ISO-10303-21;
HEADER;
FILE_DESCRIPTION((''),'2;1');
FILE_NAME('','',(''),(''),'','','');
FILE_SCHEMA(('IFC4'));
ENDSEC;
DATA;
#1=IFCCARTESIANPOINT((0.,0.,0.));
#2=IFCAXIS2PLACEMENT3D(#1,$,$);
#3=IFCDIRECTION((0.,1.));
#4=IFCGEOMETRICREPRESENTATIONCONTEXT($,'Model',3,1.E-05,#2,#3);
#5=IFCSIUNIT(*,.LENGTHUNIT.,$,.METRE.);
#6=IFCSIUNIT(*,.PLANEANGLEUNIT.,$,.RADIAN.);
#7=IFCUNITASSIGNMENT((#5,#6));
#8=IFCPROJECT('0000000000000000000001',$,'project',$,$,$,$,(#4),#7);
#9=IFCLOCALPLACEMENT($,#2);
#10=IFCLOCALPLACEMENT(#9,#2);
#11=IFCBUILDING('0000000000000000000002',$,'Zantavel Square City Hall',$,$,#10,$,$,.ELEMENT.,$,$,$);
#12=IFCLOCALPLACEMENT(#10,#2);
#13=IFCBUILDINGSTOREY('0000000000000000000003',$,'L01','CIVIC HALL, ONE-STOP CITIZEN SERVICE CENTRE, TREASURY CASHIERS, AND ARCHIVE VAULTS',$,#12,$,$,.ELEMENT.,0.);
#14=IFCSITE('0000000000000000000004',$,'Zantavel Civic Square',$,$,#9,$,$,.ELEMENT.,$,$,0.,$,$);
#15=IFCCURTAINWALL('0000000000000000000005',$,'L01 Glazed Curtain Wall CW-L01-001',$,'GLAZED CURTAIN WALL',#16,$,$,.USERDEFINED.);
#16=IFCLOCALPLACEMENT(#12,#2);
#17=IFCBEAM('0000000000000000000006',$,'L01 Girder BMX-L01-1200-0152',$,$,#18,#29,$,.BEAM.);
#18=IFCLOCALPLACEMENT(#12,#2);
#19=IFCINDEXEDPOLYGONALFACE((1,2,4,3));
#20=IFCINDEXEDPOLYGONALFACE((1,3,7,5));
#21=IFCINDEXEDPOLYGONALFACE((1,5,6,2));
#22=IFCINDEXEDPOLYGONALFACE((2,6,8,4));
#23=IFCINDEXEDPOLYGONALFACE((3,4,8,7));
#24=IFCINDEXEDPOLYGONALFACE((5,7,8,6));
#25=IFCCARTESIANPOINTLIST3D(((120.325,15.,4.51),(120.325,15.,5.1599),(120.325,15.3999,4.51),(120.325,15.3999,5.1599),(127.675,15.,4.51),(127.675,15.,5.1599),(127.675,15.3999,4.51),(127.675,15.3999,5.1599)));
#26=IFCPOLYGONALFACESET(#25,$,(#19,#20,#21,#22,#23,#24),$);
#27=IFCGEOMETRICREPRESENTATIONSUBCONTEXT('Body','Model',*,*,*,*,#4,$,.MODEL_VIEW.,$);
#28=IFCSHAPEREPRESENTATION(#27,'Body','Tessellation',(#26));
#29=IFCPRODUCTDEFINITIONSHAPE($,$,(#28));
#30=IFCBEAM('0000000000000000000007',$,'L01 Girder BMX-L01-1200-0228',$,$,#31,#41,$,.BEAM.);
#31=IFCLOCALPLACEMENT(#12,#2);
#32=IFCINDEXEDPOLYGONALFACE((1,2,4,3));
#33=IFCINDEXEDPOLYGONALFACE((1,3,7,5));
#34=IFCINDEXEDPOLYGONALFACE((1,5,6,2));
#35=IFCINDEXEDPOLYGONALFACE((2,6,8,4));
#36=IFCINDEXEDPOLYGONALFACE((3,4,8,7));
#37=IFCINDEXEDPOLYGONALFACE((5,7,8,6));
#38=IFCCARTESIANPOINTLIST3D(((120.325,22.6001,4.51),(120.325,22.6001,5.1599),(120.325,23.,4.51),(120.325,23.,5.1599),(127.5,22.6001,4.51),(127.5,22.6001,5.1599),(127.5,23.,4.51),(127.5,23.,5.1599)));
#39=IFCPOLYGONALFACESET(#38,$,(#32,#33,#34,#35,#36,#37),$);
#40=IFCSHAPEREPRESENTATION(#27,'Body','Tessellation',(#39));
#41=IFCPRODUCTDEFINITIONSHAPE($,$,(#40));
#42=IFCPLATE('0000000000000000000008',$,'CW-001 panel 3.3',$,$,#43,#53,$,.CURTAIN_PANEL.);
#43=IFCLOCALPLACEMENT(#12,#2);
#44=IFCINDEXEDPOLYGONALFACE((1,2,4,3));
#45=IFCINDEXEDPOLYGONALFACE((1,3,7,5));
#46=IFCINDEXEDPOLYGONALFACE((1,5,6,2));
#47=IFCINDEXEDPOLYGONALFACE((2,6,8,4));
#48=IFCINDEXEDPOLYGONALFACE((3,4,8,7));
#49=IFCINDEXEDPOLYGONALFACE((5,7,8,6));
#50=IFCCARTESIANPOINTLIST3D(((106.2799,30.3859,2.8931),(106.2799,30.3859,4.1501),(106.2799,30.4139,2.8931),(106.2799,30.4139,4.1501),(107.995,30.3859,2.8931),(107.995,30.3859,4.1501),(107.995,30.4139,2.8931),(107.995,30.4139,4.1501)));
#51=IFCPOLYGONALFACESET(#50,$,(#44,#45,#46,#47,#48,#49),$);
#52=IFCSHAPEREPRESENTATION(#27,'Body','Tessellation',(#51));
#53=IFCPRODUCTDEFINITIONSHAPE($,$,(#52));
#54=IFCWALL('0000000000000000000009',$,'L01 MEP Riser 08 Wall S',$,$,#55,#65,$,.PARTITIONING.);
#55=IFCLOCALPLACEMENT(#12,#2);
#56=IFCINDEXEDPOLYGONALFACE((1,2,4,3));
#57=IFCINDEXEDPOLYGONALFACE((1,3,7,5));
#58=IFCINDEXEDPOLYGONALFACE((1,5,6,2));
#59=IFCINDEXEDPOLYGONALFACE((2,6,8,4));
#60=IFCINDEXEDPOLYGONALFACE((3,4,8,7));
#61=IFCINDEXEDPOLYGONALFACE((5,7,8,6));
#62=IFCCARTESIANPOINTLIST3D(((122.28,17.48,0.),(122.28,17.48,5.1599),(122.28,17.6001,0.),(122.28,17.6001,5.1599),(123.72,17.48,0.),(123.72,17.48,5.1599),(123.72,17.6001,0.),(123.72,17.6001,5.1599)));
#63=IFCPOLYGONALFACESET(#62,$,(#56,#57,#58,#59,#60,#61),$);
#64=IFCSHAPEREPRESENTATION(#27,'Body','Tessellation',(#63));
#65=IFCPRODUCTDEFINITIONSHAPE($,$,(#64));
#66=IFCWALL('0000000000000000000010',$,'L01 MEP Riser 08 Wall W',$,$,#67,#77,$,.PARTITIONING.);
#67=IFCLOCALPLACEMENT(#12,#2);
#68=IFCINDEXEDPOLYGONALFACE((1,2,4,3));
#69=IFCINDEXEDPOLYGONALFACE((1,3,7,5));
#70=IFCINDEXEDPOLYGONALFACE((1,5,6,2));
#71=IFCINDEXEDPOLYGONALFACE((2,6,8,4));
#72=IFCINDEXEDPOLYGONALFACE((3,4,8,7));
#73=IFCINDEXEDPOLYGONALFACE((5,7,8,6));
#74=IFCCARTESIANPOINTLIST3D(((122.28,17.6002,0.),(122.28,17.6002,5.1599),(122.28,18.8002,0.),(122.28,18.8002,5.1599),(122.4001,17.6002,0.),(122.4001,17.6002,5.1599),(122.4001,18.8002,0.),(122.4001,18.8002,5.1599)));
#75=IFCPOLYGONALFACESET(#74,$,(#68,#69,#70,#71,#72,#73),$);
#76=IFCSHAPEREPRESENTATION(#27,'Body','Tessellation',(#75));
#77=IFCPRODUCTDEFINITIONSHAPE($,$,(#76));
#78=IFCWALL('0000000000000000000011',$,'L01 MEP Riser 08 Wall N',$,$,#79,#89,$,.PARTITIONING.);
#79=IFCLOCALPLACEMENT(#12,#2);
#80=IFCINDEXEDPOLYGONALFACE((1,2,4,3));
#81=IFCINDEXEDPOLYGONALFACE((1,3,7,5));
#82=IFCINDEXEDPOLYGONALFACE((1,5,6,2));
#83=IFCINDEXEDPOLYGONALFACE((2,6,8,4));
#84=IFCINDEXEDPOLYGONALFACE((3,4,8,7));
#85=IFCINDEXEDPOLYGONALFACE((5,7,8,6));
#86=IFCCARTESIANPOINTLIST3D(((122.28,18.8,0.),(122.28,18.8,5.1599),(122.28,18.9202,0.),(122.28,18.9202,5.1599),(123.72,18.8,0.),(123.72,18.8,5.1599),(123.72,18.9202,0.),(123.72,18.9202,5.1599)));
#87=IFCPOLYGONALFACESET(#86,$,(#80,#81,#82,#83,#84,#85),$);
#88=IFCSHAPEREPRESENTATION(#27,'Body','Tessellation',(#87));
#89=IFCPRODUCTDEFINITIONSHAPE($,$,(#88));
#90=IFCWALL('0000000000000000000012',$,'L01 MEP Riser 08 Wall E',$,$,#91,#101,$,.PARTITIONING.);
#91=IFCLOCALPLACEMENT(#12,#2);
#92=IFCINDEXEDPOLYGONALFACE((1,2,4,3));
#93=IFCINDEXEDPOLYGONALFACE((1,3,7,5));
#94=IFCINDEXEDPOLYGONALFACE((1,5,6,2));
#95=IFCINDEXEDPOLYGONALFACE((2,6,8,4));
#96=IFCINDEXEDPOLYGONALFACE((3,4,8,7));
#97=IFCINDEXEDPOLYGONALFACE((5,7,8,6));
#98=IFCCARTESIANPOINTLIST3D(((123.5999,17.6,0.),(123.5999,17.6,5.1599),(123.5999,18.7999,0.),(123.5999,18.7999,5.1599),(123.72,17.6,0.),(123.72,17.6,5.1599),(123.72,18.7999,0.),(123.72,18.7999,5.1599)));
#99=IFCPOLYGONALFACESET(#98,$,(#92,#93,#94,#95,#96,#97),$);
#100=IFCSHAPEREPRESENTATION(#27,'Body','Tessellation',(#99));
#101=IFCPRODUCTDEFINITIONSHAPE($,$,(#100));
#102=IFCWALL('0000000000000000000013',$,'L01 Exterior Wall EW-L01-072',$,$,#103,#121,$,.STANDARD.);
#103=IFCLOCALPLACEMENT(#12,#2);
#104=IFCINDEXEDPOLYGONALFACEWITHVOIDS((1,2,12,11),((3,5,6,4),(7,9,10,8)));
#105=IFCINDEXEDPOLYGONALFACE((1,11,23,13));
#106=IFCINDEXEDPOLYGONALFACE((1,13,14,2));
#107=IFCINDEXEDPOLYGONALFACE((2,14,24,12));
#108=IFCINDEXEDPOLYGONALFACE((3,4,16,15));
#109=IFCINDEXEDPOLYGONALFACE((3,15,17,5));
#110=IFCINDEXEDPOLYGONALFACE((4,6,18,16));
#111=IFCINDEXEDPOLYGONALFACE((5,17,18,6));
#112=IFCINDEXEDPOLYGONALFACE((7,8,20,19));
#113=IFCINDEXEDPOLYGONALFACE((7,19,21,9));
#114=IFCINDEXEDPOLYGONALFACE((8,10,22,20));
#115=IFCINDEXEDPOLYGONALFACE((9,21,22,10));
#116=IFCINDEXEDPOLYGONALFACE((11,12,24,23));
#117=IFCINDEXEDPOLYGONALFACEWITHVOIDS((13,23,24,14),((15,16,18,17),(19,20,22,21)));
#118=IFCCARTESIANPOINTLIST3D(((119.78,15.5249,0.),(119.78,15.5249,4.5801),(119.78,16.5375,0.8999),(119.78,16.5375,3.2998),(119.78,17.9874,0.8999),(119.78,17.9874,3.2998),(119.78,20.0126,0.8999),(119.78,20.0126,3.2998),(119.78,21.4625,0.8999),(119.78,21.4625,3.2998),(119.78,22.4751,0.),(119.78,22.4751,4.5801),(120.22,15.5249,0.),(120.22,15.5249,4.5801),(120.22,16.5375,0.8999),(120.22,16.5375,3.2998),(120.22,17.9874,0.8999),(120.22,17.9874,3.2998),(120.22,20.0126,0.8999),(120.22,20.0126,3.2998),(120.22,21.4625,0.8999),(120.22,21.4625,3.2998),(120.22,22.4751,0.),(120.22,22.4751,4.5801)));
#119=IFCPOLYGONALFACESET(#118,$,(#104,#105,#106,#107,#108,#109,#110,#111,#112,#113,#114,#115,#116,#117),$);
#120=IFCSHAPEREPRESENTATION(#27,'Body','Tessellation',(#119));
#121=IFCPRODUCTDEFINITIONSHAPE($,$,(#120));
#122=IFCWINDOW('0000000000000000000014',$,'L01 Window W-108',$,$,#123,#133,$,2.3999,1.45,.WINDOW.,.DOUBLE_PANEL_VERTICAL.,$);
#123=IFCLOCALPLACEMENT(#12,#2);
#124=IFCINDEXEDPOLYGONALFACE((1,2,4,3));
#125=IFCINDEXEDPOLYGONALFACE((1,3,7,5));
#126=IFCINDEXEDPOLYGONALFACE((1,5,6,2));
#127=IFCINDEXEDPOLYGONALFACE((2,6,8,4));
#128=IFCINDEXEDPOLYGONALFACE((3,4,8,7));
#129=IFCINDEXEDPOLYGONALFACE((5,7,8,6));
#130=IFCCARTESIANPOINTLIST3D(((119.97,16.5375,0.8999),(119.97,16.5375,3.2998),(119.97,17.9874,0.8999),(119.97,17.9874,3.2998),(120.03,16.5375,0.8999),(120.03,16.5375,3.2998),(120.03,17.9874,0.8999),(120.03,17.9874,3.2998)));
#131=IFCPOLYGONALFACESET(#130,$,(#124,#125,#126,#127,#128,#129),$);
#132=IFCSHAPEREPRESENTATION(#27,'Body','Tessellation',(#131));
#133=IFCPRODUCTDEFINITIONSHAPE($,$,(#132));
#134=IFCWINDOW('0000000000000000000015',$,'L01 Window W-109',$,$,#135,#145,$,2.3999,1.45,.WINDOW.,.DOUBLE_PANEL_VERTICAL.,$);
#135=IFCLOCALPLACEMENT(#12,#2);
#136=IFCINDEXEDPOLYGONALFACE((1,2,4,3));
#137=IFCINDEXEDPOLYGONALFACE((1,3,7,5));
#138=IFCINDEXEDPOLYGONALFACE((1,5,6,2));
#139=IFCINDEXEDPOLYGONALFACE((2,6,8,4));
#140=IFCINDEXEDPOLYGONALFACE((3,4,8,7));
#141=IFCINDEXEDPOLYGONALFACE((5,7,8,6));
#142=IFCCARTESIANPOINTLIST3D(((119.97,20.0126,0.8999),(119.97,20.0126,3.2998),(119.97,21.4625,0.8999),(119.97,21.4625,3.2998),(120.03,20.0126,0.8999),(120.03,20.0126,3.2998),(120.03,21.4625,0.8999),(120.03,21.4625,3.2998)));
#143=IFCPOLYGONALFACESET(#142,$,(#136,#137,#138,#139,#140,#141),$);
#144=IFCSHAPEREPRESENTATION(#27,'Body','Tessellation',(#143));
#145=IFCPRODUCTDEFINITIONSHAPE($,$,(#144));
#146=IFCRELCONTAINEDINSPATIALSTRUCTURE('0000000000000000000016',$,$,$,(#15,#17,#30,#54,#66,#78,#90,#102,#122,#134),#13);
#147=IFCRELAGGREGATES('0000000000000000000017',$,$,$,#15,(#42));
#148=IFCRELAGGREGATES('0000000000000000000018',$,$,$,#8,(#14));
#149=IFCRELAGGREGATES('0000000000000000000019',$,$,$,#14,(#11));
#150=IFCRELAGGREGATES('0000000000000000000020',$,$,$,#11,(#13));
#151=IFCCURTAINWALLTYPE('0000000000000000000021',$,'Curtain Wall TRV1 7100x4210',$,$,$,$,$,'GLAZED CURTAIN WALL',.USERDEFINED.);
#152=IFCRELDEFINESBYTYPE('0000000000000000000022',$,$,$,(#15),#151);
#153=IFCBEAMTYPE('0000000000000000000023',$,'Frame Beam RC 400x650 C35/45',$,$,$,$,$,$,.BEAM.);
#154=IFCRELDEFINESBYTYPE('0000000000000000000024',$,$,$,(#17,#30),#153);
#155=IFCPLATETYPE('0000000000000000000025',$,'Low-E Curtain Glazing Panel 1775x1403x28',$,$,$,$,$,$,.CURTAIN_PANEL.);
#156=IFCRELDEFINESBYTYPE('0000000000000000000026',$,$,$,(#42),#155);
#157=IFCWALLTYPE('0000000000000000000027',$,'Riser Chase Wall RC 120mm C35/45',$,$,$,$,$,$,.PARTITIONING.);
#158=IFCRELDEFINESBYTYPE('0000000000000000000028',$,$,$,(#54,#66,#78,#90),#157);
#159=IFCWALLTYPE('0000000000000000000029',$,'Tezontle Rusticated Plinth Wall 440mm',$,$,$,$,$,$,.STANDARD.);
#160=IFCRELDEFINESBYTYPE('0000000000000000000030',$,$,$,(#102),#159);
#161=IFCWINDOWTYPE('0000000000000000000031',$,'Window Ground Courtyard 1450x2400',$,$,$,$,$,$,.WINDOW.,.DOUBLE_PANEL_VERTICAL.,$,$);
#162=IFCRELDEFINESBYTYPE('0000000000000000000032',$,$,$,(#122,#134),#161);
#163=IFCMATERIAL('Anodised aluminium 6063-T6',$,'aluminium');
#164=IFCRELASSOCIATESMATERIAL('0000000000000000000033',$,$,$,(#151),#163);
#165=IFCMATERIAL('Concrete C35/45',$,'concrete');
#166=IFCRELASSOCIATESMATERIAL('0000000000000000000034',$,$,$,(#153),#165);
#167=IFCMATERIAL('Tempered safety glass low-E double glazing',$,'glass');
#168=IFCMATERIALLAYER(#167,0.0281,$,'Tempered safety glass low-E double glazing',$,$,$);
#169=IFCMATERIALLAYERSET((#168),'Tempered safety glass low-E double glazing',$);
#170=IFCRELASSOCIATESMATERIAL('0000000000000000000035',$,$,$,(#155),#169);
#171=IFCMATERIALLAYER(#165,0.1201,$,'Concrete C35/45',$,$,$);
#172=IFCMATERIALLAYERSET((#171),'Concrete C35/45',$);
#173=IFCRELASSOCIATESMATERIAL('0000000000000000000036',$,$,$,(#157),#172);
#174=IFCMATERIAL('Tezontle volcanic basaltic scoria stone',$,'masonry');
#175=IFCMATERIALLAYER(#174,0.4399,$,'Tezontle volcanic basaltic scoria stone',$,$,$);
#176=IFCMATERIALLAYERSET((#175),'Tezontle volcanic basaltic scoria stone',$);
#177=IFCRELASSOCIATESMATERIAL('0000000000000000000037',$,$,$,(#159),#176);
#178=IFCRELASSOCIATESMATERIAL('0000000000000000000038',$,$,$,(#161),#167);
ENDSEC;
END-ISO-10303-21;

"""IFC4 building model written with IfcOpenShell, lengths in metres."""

from ifc_helpers import new_model, si_unit, direction, frame, frame_2d, origin, origin_2d, place, context, subcontext, project, spatial, rectangle, extrude, material, layer, layer_set, material_profile, profile_set, type_object, element, fill, aggregate, save


model = new_model("IFC4")

# Units and contexts
model_context = context("Model", 3, precision=1e-05, world=origin(), true_north=direction((0.0, 1.0)))
body_context = subcontext(model_context, "Body", "Model", "MODEL_VIEW")
ifc_project = project(units=[si_unit("LENGTHUNIT", "METRE"), si_unit("PLANEANGLEUNIT", "RADIAN")], contexts=[model_context])

# Site, building, storey
site_placement = place(None, origin())
site = spatial("IfcSite", under=ifc_project, at=site_placement, Name="Zantavel Civic Square", CompositionType="ELEMENT", RefElevation=0.0)
building_placement = place(site_placement, origin())
building = spatial("IfcBuilding", under=site, at=building_placement, Name="Zantavel Square City Hall", CompositionType="ELEMENT")
storey_placement = place(building_placement, origin())
storey = spatial("IfcBuildingStorey", under=building, at=storey_placement, Name="L01", Description="CIVIC HALL, ONE-STOP CITIZEN SERVICE CENTRE, TREASURY CASHIERS, AND ARCHIVE VAULTS", CompositionType="ELEMENT", Elevation=0.0)

# Shared definitions
ifc_material_1 = material(Name="Concrete C35/45", Category="concrete")

# Curtain wall
ifc_material_2 = material(Name="Anodised aluminium 6063-T6", Category="aluminium")
curtain_wall_type = type_object("IfcCurtainWallType", Name="Curtain Wall TRV1 7100x4210", ElementType="GLAZED CURTAIN WALL", PredefinedType="USERDEFINED", material=ifc_material_2)
curtain_wall_placement = place(storey_placement, origin())
curtain_wall = element("IfcCurtainWall", 1, at=curtain_wall_placement, inside=storey, type_object=curtain_wall_type, Name="L01 Glazed Curtain Wall CW-L01-001", ObjectType="GLAZED CURTAIN WALL", PredefinedType="USERDEFINED")

# Beams
ifc_material_profile_1 = material_profile(ifc_material_1, rectangle(XDim=0.3999, YDim=0.6499, at=origin_2d()), Name="RC 400x650")
ifc_profile_set_1 = profile_set([ifc_material_profile_1], Name="Concrete C35/45")
beam_type_1 = type_object("IfcBeamType", Name="Frame Beam RC 400x650 C35/45", PredefinedType="BEAM", material=ifc_profile_set_1)
beam_1_placement = place(storey_placement, frame((120.325, 15.2, 4.835), z_axis=(1.0, 0.0, 0.0), x_axis=(0.0, 1.0, 0.0)))
element("IfcBeam", 2, at=beam_1_placement, inside=storey, type_object=beam_type_1, Name="L01 Girder BMX-L01-1200-0152", PredefinedType="BEAM", context=body_context, shape_type="SweptSolid", body=[
    extrude(rectangle(XDim=0.3999, YDim=0.6499, at=origin_2d()), origin(), (0.0, 0.0, 1.0), 7.3501),
])
beam_2_placement = place(storey_placement, frame((120.325, 22.8, 4.835), z_axis=(1.0, 0.0, 0.0), x_axis=(0.0, 1.0, 0.0)))
element("IfcBeam", 3, at=beam_2_placement, inside=storey, type_object=beam_type_1, Name="L01 Girder BMX-L01-1200-0228", PredefinedType="BEAM", context=body_context, shape_type="SweptSolid", body=[
    extrude(rectangle(XDim=0.3999, YDim=0.6499, at=origin_2d()), origin(), (0.0, 0.0, 1.0), 7.175),
])

# Plate
ifc_material_3 = material(Name="Tempered safety glass low-E double glazing", Category="glass")
ifc_layer_1 = layer(ifc_material_3, 0.0281, Name="Tempered safety glass low-E double glazing")
ifc_layer_set_1 = layer_set([ifc_layer_1], Name="Tempered safety glass low-E double glazing")
plate_type = type_object("IfcPlateType", Name="Low-E Curtain Glazing Panel 1775x1403x28", PredefinedType="CURTAIN_PANEL", material=ifc_layer_set_1)
plate_placement = place(storey_placement, frame((107.1375, 30.3999, 2.8931), z_axis=(0.0, 0.0, 1.0), x_axis=(-1.0, 0.0, 0.0)))
plate = element("IfcPlate", 4, at=plate_placement, type_object=plate_type, Name="CW-001 panel 3.3", PredefinedType="CURTAIN_PANEL", context=body_context, shape_type="SweptSolid", body=[
    extrude(rectangle(XDim=1.7151, YDim=0.0281, at=origin_2d()), origin(), (0.0, 0.0, 1.0), 1.2571),
])
aggregate(curtain_wall, [plate])

# Walls
ifc_layer_2 = layer(ifc_material_1, 0.1201, Name="Concrete C35/45")
ifc_layer_set_2 = layer_set([ifc_layer_2], Name="Concrete C35/45")
wall_type_1 = type_object("IfcWallType", Name="Riser Chase Wall RC 120mm C35/45", PredefinedType="PARTITIONING", material=ifc_layer_set_2)
wall_1_placement = place(storey_placement, frame((123.72, 17.54, 0.0), z_axis=(0.0, 0.0, 1.0), x_axis=(-1.0, 0.0, 0.0)))
element("IfcWall", 5, at=wall_1_placement, inside=storey, type_object=wall_type_1, Name="L01 MEP Riser 08 Wall S", PredefinedType="PARTITIONING", context=body_context, shape_type="SweptSolid", body=[
    extrude(rectangle(XDim=1.4399, YDim=0.1201, at=frame_2d((0.72, 0.0))), origin(), (0.0, 0.0, 1.0), 5.1599),
])
wall_2_placement = place(storey_placement, frame((122.3401, 17.6001, 0.0), z_axis=(0.0, 0.0, 1.0), x_axis=(0.0, 1.0, 0.0)))
element("IfcWall", 6, at=wall_2_placement, inside=storey, type_object=wall_type_1, Name="L01 MEP Riser 08 Wall W", PredefinedType="PARTITIONING", context=body_context, shape_type="SweptSolid", body=[
    extrude(rectangle(XDim=1.2, YDim=0.1201, at=frame_2d((0.6001, 0.0))), origin(), (0.0, 0.0, 1.0), 5.1599),
])
wall_3_placement = place(storey_placement, frame((122.28, 18.8601, 0.0), z_axis=(0.0, 0.0, 1.0), x_axis=(1.0, 0.0, 0.0)))
element("IfcWall", 7, at=wall_3_placement, inside=storey, type_object=wall_type_1, Name="L01 MEP Riser 08 Wall N", PredefinedType="PARTITIONING", context=body_context, shape_type="SweptSolid", body=[
    extrude(rectangle(XDim=1.4399, YDim=0.1201, at=frame_2d((0.72, 0.0))), origin(), (0.0, 0.0, 1.0), 5.1599),
])
wall_4_placement = place(storey_placement, frame((123.6599, 18.8, 0.0), z_axis=(0.0, 0.0, 1.0), x_axis=(0.0, -1.0, 0.0)))
element("IfcWall", 8, at=wall_4_placement, inside=storey, type_object=wall_type_1, Name="L01 MEP Riser 08 Wall E", PredefinedType="PARTITIONING", context=body_context, shape_type="SweptSolid", body=[
    extrude(rectangle(XDim=1.2, YDim=0.1201, at=frame_2d((0.6001, 0.0))), origin(), (0.0, 0.0, 1.0), 5.1599),
])

# Wall, openings, windows
ifc_material_4 = material(Name="Tezontle volcanic basaltic scoria stone", Category="masonry")
ifc_layer_3 = layer(ifc_material_4, 0.4399, Name="Tezontle volcanic basaltic scoria stone")
ifc_layer_set_3 = layer_set([ifc_layer_3], Name="Tezontle volcanic basaltic scoria stone")
wall_type_2 = type_object("IfcWallType", Name="Tezontle Rusticated Plinth Wall 440mm", PredefinedType="STANDARD", material=ifc_layer_set_3)
wall_5_placement = place(storey_placement, frame((120.0, 15.5249, 0.0), z_axis=(0.0, 0.0, 1.0), x_axis=(0.0, 1.0, 0.0)))
wall_5 = element("IfcWall", 9, at=wall_5_placement, inside=storey, type_object=wall_type_2, Name="L01 Exterior Wall EW-L01-072", PredefinedType="STANDARD", context=body_context, shape_type="SweptSolid", body=[
    extrude(rectangle(XDim=6.9502, YDim=0.4399, at=frame_2d((3.4751, 0.0))), origin(), (0.0, 0.0, 1.0), 4.5801),
])
opening_1_placement = place(wall_5_placement, frame((1.0125, 0.0, 0.8999)))
opening_1 = element("IfcOpeningElement", 10, at=opening_1_placement, cuts=wall_5, PredefinedType="OPENING", context=body_context, shape_type="SweptSolid", body=[
    extrude(rectangle(XDim=1.45, YDim=2.3999, at=frame_2d((0.7251, 1.2))), frame((0.0, 0.23, 0.0), z_axis=(0.0, -1.0, 0.0), x_axis=(1.0, 0.0, 0.0)), (0.0, 0.0, 1.0), 0.46),
])
opening_2_placement = place(wall_5_placement, frame((4.4875, 0.0, 0.8999)))
opening_2 = element("IfcOpeningElement", 11, at=opening_2_placement, cuts=wall_5, PredefinedType="OPENING", context=body_context, shape_type="SweptSolid", body=[
    extrude(rectangle(XDim=1.45, YDim=2.3999, at=frame_2d((0.7251, 1.2))), frame((0.0, 0.23, 0.0), z_axis=(0.0, -1.0, 0.0), x_axis=(1.0, 0.0, 0.0)), (0.0, 0.0, 1.0), 0.46),
])
window_type = type_object("IfcWindowType", Name="Window Ground Courtyard 1450x2400", PartitioningType="DOUBLE_PANEL_VERTICAL", PredefinedType="WINDOW", material=ifc_material_3)
window_1_placement = place(opening_1_placement, origin())
window_1 = element("IfcWindow", 12, at=window_1_placement, inside=storey, type_object=window_type, Name="L01 Window W-108", OverallHeight=2.3999, OverallWidth=1.45, PartitioningType="DOUBLE_PANEL_VERTICAL", PredefinedType="WINDOW", context=body_context, shape_type="SweptSolid", body=[
    extrude(rectangle(XDim=1.45, YDim=2.3999, at=frame_2d((0.7251, 1.2))), frame((0.0, 0.03, 0.0), z_axis=(0.0, -1.0, 0.0), x_axis=(1.0, 0.0, 0.0)), (0.0, 0.0, 1.0), 0.0601),
])
fill(opening_1, window_1)
window_2_placement = place(opening_2_placement, origin())
window_2 = element("IfcWindow", 13, at=window_2_placement, inside=storey, type_object=window_type, Name="L01 Window W-109", OverallHeight=2.3999, OverallWidth=1.45, PartitioningType="DOUBLE_PANEL_VERTICAL", PredefinedType="WINDOW", context=body_context, shape_type="SweptSolid", body=[
    extrude(rectangle(XDim=1.45, YDim=2.3999, at=frame_2d((0.7251, 1.2))), frame((0.0, 0.03, 0.0), z_axis=(0.0, -1.0, 0.0), x_axis=(1.0, 0.0, 0.0)), (0.0, 0.0, 1.0), 0.0601),
])
fill(opening_2, window_2)

save(model, "model.ifc")
